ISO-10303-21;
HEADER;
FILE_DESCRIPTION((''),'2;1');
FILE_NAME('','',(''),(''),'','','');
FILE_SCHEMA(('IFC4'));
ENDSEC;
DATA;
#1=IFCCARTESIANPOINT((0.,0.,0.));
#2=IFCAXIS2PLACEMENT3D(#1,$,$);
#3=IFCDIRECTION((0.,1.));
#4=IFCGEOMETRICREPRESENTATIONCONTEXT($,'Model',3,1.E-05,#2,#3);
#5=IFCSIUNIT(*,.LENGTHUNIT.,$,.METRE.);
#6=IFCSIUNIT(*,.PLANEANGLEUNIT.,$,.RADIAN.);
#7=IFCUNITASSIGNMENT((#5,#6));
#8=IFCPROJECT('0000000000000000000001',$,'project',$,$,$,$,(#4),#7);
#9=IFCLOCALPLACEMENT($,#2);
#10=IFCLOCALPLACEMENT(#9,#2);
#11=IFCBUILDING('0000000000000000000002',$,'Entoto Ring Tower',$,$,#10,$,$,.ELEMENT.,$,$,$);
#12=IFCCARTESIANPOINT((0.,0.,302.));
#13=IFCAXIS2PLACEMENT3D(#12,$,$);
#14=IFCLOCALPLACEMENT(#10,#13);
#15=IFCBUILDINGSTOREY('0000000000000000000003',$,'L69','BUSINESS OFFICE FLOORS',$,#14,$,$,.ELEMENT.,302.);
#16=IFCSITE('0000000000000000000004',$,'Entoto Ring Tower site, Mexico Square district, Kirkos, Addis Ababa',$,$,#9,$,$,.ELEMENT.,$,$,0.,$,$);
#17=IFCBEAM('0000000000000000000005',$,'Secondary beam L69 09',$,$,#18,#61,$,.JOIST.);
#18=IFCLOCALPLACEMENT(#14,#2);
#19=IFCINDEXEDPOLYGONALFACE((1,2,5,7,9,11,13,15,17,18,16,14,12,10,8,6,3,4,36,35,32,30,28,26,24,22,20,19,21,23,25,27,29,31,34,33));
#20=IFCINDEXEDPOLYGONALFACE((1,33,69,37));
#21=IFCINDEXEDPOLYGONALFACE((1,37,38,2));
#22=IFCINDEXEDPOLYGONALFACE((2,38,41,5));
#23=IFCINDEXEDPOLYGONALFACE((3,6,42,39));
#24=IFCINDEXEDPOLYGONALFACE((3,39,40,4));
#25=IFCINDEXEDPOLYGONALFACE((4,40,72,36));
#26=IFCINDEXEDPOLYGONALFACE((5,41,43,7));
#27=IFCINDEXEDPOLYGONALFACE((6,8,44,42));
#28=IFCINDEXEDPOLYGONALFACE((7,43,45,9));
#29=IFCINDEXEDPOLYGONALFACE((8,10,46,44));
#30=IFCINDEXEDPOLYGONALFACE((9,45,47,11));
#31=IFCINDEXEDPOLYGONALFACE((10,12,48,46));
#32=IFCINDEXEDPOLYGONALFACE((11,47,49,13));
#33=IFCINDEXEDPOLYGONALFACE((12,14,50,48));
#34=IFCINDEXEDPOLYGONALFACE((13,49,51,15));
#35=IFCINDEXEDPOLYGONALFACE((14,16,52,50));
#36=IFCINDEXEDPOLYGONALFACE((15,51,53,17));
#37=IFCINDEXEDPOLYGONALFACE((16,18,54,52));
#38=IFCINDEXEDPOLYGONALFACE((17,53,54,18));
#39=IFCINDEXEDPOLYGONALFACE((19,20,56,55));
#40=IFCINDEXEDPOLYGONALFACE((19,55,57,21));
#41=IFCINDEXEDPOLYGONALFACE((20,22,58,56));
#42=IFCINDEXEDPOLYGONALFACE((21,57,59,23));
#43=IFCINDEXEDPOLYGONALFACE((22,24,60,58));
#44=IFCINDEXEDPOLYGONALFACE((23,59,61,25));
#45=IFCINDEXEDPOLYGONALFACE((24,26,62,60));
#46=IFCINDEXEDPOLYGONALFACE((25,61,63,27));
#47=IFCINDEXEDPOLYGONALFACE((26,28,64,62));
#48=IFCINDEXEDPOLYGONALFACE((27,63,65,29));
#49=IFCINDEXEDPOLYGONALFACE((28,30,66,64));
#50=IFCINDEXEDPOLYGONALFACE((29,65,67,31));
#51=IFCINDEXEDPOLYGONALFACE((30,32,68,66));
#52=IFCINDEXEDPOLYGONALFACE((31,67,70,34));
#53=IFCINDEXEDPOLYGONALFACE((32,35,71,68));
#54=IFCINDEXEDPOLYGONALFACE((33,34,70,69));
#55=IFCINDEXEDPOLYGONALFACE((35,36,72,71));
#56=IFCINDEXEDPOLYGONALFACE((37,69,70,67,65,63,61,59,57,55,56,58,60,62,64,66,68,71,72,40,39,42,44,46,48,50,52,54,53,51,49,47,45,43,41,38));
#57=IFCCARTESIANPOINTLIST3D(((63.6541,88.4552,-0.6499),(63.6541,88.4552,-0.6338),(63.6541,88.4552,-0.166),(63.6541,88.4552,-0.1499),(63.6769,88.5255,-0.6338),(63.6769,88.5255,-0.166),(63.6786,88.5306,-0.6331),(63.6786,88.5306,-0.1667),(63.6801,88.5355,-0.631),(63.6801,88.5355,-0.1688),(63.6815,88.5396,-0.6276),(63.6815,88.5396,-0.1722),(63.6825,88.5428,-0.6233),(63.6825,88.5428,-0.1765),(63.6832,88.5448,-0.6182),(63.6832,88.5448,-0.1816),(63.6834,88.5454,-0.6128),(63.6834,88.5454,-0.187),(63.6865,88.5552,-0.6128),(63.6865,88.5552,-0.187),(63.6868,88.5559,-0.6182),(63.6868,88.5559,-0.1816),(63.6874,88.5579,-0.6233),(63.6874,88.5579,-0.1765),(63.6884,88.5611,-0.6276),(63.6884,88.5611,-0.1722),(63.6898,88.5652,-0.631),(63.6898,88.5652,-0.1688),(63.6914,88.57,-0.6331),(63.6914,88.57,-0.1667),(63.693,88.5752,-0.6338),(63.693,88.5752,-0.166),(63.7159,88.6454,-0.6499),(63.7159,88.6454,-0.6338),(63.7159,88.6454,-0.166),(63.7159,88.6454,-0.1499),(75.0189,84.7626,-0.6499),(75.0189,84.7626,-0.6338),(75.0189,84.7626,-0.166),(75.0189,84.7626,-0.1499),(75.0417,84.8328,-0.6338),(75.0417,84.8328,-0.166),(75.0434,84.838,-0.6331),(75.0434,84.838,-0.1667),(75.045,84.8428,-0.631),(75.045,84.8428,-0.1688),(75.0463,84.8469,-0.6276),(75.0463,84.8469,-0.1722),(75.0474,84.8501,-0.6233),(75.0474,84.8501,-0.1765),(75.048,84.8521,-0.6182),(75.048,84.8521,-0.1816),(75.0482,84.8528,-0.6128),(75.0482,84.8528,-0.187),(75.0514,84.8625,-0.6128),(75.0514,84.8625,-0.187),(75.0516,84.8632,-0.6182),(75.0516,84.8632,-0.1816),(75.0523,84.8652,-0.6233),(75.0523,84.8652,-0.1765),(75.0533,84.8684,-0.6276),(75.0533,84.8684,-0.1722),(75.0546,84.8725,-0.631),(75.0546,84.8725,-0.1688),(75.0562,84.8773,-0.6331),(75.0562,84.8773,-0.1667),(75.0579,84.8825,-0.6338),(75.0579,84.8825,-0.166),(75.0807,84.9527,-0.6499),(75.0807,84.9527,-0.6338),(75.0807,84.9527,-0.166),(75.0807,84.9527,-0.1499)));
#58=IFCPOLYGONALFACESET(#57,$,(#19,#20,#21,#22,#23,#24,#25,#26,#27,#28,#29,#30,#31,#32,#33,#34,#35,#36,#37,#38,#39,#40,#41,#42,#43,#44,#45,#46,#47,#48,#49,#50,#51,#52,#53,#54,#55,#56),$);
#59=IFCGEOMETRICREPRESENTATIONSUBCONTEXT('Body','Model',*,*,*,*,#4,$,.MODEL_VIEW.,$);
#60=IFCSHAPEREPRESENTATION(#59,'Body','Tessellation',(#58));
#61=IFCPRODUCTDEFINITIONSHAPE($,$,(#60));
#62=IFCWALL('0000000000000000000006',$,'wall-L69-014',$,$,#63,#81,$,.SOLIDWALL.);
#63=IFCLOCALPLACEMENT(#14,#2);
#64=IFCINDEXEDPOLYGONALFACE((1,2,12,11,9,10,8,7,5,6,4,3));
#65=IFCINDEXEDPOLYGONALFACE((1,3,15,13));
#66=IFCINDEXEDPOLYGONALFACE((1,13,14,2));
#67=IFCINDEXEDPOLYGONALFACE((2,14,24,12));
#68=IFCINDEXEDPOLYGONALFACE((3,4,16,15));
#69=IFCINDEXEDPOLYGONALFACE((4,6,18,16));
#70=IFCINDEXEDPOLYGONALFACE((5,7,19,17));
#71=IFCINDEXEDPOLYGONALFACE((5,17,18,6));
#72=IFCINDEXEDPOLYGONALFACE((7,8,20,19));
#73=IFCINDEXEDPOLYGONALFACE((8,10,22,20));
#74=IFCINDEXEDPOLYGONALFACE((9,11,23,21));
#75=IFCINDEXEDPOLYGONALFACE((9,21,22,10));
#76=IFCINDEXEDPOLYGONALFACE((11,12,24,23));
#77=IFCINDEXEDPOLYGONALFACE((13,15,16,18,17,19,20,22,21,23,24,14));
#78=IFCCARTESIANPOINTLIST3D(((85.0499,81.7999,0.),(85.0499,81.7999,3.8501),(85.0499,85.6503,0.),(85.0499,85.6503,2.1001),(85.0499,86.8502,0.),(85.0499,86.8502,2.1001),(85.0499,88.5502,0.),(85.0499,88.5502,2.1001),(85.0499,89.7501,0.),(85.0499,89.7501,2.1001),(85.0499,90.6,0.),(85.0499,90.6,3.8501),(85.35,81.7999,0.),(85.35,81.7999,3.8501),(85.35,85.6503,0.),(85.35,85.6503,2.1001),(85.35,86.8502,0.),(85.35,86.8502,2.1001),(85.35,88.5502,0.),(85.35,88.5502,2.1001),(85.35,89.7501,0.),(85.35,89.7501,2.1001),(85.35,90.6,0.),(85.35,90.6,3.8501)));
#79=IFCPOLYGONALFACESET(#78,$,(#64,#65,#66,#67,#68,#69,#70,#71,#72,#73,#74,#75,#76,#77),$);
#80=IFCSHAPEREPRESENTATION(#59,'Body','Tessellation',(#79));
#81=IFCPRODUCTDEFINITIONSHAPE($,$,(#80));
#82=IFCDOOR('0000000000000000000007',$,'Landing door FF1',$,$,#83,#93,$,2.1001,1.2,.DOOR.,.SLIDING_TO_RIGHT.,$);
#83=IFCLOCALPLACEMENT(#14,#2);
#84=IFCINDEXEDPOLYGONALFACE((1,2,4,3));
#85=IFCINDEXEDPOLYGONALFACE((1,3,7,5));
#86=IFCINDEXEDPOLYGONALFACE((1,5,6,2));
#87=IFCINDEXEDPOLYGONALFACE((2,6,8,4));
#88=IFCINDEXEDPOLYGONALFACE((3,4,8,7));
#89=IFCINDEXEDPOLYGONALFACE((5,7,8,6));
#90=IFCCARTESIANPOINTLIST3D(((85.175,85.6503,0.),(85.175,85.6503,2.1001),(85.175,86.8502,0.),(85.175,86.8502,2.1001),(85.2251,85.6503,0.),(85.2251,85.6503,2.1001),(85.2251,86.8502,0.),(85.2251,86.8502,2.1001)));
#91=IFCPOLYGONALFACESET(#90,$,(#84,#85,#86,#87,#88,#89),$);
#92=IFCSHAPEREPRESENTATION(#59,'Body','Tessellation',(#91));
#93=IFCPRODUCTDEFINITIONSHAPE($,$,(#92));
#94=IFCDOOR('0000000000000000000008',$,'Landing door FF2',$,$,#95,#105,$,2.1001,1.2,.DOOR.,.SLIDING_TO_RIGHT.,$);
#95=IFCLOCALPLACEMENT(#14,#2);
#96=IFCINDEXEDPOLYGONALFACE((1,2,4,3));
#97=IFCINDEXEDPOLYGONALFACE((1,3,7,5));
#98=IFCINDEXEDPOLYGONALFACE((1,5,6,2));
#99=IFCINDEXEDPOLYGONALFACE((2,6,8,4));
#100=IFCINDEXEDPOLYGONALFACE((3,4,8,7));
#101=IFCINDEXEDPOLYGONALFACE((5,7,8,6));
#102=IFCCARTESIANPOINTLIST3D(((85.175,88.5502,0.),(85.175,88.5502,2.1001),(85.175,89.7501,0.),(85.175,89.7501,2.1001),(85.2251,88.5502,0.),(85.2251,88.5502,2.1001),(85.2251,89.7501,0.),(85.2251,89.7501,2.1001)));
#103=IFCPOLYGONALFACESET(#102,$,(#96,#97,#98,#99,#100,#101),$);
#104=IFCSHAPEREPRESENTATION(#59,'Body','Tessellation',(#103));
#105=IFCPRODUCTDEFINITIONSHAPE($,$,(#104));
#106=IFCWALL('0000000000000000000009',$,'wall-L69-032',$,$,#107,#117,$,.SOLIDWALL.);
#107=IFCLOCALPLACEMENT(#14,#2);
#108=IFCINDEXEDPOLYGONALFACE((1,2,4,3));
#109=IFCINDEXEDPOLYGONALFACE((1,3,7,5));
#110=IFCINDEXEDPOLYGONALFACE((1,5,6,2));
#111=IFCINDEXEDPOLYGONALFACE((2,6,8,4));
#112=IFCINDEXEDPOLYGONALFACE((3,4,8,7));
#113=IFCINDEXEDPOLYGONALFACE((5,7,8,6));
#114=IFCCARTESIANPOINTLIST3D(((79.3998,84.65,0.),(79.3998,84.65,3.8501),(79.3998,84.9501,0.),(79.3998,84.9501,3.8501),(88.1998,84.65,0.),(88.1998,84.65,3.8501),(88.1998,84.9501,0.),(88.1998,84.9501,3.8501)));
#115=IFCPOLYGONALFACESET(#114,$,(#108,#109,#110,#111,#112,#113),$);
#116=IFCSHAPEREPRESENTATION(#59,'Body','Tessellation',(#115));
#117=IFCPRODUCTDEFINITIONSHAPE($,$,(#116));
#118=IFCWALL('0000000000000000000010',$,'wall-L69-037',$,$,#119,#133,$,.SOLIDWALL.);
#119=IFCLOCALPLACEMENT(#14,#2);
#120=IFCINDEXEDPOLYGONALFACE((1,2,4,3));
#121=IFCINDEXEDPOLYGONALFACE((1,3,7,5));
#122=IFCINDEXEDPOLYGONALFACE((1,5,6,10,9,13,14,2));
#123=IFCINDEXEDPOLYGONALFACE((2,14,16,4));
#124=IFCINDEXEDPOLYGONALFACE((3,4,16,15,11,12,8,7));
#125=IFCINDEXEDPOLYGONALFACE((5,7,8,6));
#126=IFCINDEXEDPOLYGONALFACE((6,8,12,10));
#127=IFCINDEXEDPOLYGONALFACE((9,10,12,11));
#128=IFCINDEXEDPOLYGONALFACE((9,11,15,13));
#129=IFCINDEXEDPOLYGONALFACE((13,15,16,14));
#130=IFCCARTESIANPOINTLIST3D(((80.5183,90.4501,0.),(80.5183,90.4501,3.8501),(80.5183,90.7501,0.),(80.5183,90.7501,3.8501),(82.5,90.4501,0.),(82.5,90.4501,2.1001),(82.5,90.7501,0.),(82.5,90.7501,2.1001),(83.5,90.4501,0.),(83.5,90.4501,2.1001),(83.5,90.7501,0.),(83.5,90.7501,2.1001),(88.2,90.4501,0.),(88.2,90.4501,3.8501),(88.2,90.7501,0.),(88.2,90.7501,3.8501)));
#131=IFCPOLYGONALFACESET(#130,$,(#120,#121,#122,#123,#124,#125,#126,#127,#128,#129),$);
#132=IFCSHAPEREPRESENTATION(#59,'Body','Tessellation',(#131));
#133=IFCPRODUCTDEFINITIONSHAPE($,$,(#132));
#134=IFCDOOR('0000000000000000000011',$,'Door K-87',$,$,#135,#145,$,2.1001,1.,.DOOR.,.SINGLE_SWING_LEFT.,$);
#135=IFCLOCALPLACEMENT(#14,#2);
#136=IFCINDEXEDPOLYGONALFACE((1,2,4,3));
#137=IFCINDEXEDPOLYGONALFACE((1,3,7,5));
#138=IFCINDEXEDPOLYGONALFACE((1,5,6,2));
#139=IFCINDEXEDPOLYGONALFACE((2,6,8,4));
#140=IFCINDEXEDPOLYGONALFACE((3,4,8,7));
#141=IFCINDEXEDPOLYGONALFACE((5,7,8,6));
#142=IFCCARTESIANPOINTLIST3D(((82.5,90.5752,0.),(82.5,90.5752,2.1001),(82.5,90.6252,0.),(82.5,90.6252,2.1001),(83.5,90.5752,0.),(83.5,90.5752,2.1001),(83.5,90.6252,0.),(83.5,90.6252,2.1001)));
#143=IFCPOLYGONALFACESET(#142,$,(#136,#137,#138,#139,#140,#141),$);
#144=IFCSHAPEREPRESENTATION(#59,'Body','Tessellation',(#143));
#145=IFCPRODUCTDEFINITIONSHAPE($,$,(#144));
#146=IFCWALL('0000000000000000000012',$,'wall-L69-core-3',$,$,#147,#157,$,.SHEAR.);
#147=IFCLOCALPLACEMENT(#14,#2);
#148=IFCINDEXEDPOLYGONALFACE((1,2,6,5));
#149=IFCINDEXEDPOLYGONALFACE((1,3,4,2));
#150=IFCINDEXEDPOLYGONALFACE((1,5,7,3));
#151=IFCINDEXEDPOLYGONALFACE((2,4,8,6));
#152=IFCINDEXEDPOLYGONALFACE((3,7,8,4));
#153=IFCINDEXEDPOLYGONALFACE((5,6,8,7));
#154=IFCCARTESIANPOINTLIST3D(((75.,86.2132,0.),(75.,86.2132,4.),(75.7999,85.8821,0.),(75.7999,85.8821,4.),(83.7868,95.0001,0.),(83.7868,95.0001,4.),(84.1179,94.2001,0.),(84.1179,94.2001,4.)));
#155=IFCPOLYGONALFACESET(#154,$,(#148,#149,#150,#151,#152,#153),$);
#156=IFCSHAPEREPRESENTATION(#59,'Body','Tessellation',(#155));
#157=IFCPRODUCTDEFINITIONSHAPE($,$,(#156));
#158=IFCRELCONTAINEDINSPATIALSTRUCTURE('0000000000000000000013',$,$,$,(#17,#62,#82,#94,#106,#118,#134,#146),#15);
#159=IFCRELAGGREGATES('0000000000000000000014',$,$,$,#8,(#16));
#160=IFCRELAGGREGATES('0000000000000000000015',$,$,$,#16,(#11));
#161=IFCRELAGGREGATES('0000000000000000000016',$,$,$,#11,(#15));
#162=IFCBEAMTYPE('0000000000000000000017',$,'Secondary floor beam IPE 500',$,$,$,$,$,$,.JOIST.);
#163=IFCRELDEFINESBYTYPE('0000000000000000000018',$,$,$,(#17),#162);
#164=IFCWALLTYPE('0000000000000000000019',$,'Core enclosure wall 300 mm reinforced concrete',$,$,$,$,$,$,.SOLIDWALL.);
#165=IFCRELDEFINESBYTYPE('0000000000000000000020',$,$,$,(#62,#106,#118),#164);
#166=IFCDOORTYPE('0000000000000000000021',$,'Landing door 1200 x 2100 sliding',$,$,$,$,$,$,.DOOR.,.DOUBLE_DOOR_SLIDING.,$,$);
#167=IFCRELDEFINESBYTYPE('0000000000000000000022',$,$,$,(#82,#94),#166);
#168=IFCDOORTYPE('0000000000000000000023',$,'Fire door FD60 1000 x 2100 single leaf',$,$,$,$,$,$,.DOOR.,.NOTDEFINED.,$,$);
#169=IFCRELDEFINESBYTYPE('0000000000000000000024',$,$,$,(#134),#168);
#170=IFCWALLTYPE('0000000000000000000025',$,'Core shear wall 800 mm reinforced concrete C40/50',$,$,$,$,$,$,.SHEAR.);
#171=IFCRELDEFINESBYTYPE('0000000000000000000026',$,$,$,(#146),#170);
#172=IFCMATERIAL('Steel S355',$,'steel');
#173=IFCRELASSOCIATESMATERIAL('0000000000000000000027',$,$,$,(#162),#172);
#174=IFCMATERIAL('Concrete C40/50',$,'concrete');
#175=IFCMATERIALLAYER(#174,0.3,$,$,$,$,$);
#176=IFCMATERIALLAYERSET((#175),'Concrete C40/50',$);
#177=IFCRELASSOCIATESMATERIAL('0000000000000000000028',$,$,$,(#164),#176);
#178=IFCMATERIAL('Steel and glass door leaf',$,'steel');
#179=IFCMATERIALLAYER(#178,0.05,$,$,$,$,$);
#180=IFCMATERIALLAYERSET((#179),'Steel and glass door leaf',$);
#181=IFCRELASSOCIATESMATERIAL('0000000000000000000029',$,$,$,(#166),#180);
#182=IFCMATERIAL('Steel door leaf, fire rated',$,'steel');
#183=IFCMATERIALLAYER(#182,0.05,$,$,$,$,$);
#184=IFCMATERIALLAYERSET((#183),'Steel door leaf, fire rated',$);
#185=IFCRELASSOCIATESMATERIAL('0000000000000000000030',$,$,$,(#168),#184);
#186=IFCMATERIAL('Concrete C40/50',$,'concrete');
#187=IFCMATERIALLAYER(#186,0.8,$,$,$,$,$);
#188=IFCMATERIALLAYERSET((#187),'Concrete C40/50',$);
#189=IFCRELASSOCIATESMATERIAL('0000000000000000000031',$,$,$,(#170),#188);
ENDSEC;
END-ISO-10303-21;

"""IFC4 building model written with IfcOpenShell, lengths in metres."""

from ifc_helpers import new_model, si_unit, direction, frame, frame_2d, origin, origin_2d, place, context, subcontext, project, spatial, polyline, rectangle, i_section, outline, extrude, material, layer, layer_set, material_profile, profile_set, type_object, element, fill, save


model = new_model("IFC4")

# Units and contexts
model_context = context("Model", 3, precision=1e-05, world=origin(), true_north=direction((0.0, 1.0)))
body_context = subcontext(model_context, "Body", "Model", "MODEL_VIEW")
ifc_project = project(units=[si_unit("LENGTHUNIT", "METRE"), si_unit("PLANEANGLEUNIT", "RADIAN")], contexts=[model_context])

# Site, building, storey
site_placement = place(None, origin())
site = spatial("IfcSite", under=ifc_project, at=site_placement, Name="Entoto Ring Tower site, Mexico Square district, Kirkos, Addis Ababa", CompositionType="ELEMENT", RefElevation=0.0)
building_placement = place(site_placement, origin())
building = spatial("IfcBuilding", under=site, at=building_placement, Name="Entoto Ring Tower", CompositionType="ELEMENT")
storey_placement = place(building_placement, frame((0.0, 0.0, 302.0)))
storey = spatial("IfcBuildingStorey", under=building, at=storey_placement, Name="L69", Description="BUSINESS OFFICE FLOORS", CompositionType="ELEMENT", Elevation=302.0)

# Beam
ifc_material_1 = material(Name="Steel S355", Category="steel")
ifc_material_profile_1 = material_profile(ifc_material_1, i_section(OverallWidth=0.2, OverallDepth=0.5, WebThickness=0.0103, FlangeThickness=0.0161, FilletRadius=0.021, at=origin_2d()), Name="IPE 500")
ifc_profile_set_1 = profile_set([ifc_material_profile_1], Name="Steel S355")
beam_type_1 = type_object("IfcBeamType", Name="Secondary floor beam IPE 500", PredefinedType="JOIST", material=ifc_profile_set_1)
beam_1_placement = place(storey_placement, frame((75.0498, 84.8577, -0.3999), z_axis=(-0.951057, 0.309017, 0.0), x_axis=(-0.309017, -0.951057, 0.0)))
element("IfcBeam", 1, at=beam_1_placement, inside=storey, type_object=beam_type_1, Name="Secondary beam L69 09", PredefinedType="JOIST", context=body_context, shape_type="SweptSolid", body=[
    extrude(i_section(OverallWidth=0.2, OverallDepth=0.5, WebThickness=0.0103, FlangeThickness=0.0161, FilletRadius=0.021, at=origin_2d()), origin(), (0.0, 0.0, 1.0), 11.9497),
])

# Wall, openings, doors
ifc_material_2 = material(Name="Concrete C40/50", Category="concrete")
ifc_layer_1 = layer(ifc_material_2, 0.3)
ifc_layer_set_1 = layer_set([ifc_layer_1], Name="Concrete C40/50")
wall_type_1 = type_object("IfcWallType", Name="Core enclosure wall 300 mm reinforced concrete", PredefinedType="SOLIDWALL", material=ifc_layer_set_1)
wall_1_placement = place(storey_placement, frame((85.2, 81.8, 0.0), z_axis=(0.0, 0.0, 1.0), x_axis=(0.0, 1.0, 0.0)))
wall_1 = element("IfcWall", 2, at=wall_1_placement, inside=storey, type_object=wall_type_1, Name="wall-L69-014", PredefinedType="SOLIDWALL", context=body_context, shape_type="SweptSolid", body=[
    extrude(rectangle(XDim=8.8, YDim=0.3, at=frame_2d((4.3999, 0.0))), origin(), (0.0, 0.0, 1.0), 3.8501),
])
opening_1_placement = place(wall_1_placement, frame((3.8501, 0.0, 0.0)))
opening_1 = element("IfcOpeningElement", 3, at=opening_1_placement, cuts=wall_1, PredefinedType="OPENING", context=body_context, shape_type="SweptSolid", body=[
    extrude(rectangle(XDim=1.2, YDim=2.1001, at=frame_2d((0.6001, 1.05))), frame((0.0, 0.1602, 0.0), z_axis=(0.0, -1.0, 0.0), x_axis=(1.0, 0.0, 0.0)), (0.0, 0.0, 1.0), 0.3201),
])
opening_2_placement = place(wall_1_placement, frame((6.75, 0.0, 0.0)))
opening_2 = element("IfcOpeningElement", 4, at=opening_2_placement, cuts=wall_1, PredefinedType="OPENING", context=body_context, shape_type="SweptSolid", body=[
    extrude(rectangle(XDim=1.2, YDim=2.1001, at=frame_2d((0.6001, 1.05))), frame((0.0, 0.1602, 0.0), z_axis=(0.0, -1.0, 0.0), x_axis=(1.0, 0.0, 0.0)), (0.0, 0.0, 1.0), 0.3201),
])
ifc_material_3 = material(Name="Steel and glass door leaf", Category="steel")
ifc_layer_2 = layer(ifc_material_3, 0.05)
ifc_layer_set_2 = layer_set([ifc_layer_2], Name="Steel and glass door leaf")
door_type_1 = type_object("IfcDoorType", Name="Landing door 1200 x 2100 sliding", OperationType="DOUBLE_DOOR_SLIDING", PredefinedType="DOOR", material=ifc_layer_set_2)
door_1_placement = place(opening_1_placement, origin())
door_1 = element("IfcDoor", 5, at=door_1_placement, inside=storey, type_object=door_type_1, Name="Landing door FF1", OperationType="SLIDING_TO_RIGHT", OverallHeight=2.1001, OverallWidth=1.2, PredefinedType="DOOR", context=body_context, shape_type="SweptSolid", body=[
    extrude(rectangle(XDim=1.2, YDim=2.1001, at=frame_2d((0.6001, 1.05))), frame((0.0, 0.0249, 0.0), z_axis=(0.0, -1.0, 0.0), x_axis=(1.0, 0.0, 0.0)), (0.0, 0.0, 1.0), 0.05),
])
fill(opening_1, door_1)
door_2_placement = place(opening_2_placement, origin())
door_2 = element("IfcDoor", 6, at=door_2_placement, inside=storey, type_object=door_type_1, Name="Landing door FF2", OperationType="SLIDING_TO_RIGHT", OverallHeight=2.1001, OverallWidth=1.2, PredefinedType="DOOR", context=body_context, shape_type="SweptSolid", body=[
    extrude(rectangle(XDim=1.2, YDim=2.1001, at=frame_2d((0.6001, 1.05))), frame((0.0, 0.0249, 0.0), z_axis=(0.0, -1.0, 0.0), x_axis=(1.0, 0.0, 0.0)), (0.0, 0.0, 1.0), 0.05),
])
fill(opening_2, door_2)

# Wall
wall_2_placement = place(storey_placement, frame((79.3999, 84.8, 0.0), z_axis=(0.0, 0.0, 1.0), x_axis=(1.0, 0.0, 0.0)))
element("IfcWall", 7, at=wall_2_placement, inside=storey, type_object=wall_type_1, Name="wall-L69-032", PredefinedType="SOLIDWALL", context=body_context, shape_type="SweptSolid", body=[
    extrude(rectangle(XDim=8.8, YDim=0.3, at=frame_2d((4.3999, 0.0))), origin(), (0.0, 0.0, 1.0), 3.8501),
])

# Wall, opening, door
wall_3_placement = place(storey_placement, frame((80.5183, 90.6001, 0.0), z_axis=(0.0, 0.0, 1.0), x_axis=(1.0, 0.0, 0.0)))
wall_3 = element("IfcWall", 8, at=wall_3_placement, inside=storey, type_object=wall_type_1, Name="wall-L69-037", PredefinedType="SOLIDWALL", context=body_context, shape_type="SweptSolid", body=[
    extrude(rectangle(XDim=7.6816, YDim=0.3, at=frame_2d((3.8408, 0.0))), origin(), (0.0, 0.0, 1.0), 3.8501),
])
opening_3_placement = place(wall_3_placement, frame((1.9817, 0.0, 0.0)))
opening_3 = element("IfcOpeningElement", 9, at=opening_3_placement, cuts=wall_3, PredefinedType="OPENING", context=body_context, shape_type="SweptSolid", body=[
    extrude(rectangle(XDim=1.0, YDim=2.1001, at=frame_2d((0.5, 1.05))), frame((0.0, 0.1602, 0.0), z_axis=(0.0, -1.0, 0.0), x_axis=(1.0, 0.0, 0.0)), (0.0, 0.0, 1.0), 0.3201),
])
ifc_material_4 = material(Name="Steel door leaf, fire rated", Category="steel")
ifc_layer_3 = layer(ifc_material_4, 0.05)
ifc_layer_set_3 = layer_set([ifc_layer_3], Name="Steel door leaf, fire rated")
door_type_2 = type_object("IfcDoorType", Name="Fire door FD60 1000 x 2100 single leaf", OperationType="NOTDEFINED", PredefinedType="DOOR", material=ifc_layer_set_3)
door_3_placement = place(opening_3_placement, frame((1.0, 0.0, 0.0), z_axis=(0.0, 0.0, 1.0), x_axis=(-1.0, 0.0, 0.0)))
door_3 = element("IfcDoor", 10, at=door_3_placement, inside=storey, type_object=door_type_2, Name="Door K-87", OperationType="SINGLE_SWING_LEFT", OverallHeight=2.1001, OverallWidth=1.0, PredefinedType="DOOR", context=body_context, shape_type="SweptSolid", body=[
    extrude(rectangle(XDim=1.0, YDim=2.1001, at=frame_2d((0.5, 1.05))), frame((0.0, 0.0249, 0.0), z_axis=(0.0, -1.0, 0.0), x_axis=(1.0, 0.0, 0.0)), (0.0, 0.0, 1.0), 0.05),
])
fill(opening_3, door_3)

# Wall
ifc_material_5 = material(Name="Concrete C40/50", Category="concrete")
ifc_layer_4 = layer(ifc_material_5, 0.8)
ifc_layer_set_4 = layer_set([ifc_layer_4], Name="Concrete C40/50")
wall_type_2 = type_object("IfcWallType", Name="Core shear wall 800 mm reinforced concrete C40/50", PredefinedType="SHEAR", material=ifc_layer_set_4)
wall_4_placement = place(storey_placement, frame((83.9524, 94.6001, 0.0), z_axis=(0.0, 0.0, 1.0), x_axis=(-0.707107, -0.707107, 0.0)))
element("IfcWall", 11, at=wall_4_placement, inside=storey, type_object=wall_type_2, Name="wall-L69-core-3", PredefinedType="SHEAR", context=body_context, shape_type="SweptSolid", body=[
    extrude(outline(polyline([(-0.1658, -0.3999), (12.2607, -0.3999), (11.9292, 0.3999), (0.1658, 0.3999), (-0.1658, -0.3999)])), origin(), (0.0, 0.0, 1.0), 4.0),
])

save(model, "model.ifc")
